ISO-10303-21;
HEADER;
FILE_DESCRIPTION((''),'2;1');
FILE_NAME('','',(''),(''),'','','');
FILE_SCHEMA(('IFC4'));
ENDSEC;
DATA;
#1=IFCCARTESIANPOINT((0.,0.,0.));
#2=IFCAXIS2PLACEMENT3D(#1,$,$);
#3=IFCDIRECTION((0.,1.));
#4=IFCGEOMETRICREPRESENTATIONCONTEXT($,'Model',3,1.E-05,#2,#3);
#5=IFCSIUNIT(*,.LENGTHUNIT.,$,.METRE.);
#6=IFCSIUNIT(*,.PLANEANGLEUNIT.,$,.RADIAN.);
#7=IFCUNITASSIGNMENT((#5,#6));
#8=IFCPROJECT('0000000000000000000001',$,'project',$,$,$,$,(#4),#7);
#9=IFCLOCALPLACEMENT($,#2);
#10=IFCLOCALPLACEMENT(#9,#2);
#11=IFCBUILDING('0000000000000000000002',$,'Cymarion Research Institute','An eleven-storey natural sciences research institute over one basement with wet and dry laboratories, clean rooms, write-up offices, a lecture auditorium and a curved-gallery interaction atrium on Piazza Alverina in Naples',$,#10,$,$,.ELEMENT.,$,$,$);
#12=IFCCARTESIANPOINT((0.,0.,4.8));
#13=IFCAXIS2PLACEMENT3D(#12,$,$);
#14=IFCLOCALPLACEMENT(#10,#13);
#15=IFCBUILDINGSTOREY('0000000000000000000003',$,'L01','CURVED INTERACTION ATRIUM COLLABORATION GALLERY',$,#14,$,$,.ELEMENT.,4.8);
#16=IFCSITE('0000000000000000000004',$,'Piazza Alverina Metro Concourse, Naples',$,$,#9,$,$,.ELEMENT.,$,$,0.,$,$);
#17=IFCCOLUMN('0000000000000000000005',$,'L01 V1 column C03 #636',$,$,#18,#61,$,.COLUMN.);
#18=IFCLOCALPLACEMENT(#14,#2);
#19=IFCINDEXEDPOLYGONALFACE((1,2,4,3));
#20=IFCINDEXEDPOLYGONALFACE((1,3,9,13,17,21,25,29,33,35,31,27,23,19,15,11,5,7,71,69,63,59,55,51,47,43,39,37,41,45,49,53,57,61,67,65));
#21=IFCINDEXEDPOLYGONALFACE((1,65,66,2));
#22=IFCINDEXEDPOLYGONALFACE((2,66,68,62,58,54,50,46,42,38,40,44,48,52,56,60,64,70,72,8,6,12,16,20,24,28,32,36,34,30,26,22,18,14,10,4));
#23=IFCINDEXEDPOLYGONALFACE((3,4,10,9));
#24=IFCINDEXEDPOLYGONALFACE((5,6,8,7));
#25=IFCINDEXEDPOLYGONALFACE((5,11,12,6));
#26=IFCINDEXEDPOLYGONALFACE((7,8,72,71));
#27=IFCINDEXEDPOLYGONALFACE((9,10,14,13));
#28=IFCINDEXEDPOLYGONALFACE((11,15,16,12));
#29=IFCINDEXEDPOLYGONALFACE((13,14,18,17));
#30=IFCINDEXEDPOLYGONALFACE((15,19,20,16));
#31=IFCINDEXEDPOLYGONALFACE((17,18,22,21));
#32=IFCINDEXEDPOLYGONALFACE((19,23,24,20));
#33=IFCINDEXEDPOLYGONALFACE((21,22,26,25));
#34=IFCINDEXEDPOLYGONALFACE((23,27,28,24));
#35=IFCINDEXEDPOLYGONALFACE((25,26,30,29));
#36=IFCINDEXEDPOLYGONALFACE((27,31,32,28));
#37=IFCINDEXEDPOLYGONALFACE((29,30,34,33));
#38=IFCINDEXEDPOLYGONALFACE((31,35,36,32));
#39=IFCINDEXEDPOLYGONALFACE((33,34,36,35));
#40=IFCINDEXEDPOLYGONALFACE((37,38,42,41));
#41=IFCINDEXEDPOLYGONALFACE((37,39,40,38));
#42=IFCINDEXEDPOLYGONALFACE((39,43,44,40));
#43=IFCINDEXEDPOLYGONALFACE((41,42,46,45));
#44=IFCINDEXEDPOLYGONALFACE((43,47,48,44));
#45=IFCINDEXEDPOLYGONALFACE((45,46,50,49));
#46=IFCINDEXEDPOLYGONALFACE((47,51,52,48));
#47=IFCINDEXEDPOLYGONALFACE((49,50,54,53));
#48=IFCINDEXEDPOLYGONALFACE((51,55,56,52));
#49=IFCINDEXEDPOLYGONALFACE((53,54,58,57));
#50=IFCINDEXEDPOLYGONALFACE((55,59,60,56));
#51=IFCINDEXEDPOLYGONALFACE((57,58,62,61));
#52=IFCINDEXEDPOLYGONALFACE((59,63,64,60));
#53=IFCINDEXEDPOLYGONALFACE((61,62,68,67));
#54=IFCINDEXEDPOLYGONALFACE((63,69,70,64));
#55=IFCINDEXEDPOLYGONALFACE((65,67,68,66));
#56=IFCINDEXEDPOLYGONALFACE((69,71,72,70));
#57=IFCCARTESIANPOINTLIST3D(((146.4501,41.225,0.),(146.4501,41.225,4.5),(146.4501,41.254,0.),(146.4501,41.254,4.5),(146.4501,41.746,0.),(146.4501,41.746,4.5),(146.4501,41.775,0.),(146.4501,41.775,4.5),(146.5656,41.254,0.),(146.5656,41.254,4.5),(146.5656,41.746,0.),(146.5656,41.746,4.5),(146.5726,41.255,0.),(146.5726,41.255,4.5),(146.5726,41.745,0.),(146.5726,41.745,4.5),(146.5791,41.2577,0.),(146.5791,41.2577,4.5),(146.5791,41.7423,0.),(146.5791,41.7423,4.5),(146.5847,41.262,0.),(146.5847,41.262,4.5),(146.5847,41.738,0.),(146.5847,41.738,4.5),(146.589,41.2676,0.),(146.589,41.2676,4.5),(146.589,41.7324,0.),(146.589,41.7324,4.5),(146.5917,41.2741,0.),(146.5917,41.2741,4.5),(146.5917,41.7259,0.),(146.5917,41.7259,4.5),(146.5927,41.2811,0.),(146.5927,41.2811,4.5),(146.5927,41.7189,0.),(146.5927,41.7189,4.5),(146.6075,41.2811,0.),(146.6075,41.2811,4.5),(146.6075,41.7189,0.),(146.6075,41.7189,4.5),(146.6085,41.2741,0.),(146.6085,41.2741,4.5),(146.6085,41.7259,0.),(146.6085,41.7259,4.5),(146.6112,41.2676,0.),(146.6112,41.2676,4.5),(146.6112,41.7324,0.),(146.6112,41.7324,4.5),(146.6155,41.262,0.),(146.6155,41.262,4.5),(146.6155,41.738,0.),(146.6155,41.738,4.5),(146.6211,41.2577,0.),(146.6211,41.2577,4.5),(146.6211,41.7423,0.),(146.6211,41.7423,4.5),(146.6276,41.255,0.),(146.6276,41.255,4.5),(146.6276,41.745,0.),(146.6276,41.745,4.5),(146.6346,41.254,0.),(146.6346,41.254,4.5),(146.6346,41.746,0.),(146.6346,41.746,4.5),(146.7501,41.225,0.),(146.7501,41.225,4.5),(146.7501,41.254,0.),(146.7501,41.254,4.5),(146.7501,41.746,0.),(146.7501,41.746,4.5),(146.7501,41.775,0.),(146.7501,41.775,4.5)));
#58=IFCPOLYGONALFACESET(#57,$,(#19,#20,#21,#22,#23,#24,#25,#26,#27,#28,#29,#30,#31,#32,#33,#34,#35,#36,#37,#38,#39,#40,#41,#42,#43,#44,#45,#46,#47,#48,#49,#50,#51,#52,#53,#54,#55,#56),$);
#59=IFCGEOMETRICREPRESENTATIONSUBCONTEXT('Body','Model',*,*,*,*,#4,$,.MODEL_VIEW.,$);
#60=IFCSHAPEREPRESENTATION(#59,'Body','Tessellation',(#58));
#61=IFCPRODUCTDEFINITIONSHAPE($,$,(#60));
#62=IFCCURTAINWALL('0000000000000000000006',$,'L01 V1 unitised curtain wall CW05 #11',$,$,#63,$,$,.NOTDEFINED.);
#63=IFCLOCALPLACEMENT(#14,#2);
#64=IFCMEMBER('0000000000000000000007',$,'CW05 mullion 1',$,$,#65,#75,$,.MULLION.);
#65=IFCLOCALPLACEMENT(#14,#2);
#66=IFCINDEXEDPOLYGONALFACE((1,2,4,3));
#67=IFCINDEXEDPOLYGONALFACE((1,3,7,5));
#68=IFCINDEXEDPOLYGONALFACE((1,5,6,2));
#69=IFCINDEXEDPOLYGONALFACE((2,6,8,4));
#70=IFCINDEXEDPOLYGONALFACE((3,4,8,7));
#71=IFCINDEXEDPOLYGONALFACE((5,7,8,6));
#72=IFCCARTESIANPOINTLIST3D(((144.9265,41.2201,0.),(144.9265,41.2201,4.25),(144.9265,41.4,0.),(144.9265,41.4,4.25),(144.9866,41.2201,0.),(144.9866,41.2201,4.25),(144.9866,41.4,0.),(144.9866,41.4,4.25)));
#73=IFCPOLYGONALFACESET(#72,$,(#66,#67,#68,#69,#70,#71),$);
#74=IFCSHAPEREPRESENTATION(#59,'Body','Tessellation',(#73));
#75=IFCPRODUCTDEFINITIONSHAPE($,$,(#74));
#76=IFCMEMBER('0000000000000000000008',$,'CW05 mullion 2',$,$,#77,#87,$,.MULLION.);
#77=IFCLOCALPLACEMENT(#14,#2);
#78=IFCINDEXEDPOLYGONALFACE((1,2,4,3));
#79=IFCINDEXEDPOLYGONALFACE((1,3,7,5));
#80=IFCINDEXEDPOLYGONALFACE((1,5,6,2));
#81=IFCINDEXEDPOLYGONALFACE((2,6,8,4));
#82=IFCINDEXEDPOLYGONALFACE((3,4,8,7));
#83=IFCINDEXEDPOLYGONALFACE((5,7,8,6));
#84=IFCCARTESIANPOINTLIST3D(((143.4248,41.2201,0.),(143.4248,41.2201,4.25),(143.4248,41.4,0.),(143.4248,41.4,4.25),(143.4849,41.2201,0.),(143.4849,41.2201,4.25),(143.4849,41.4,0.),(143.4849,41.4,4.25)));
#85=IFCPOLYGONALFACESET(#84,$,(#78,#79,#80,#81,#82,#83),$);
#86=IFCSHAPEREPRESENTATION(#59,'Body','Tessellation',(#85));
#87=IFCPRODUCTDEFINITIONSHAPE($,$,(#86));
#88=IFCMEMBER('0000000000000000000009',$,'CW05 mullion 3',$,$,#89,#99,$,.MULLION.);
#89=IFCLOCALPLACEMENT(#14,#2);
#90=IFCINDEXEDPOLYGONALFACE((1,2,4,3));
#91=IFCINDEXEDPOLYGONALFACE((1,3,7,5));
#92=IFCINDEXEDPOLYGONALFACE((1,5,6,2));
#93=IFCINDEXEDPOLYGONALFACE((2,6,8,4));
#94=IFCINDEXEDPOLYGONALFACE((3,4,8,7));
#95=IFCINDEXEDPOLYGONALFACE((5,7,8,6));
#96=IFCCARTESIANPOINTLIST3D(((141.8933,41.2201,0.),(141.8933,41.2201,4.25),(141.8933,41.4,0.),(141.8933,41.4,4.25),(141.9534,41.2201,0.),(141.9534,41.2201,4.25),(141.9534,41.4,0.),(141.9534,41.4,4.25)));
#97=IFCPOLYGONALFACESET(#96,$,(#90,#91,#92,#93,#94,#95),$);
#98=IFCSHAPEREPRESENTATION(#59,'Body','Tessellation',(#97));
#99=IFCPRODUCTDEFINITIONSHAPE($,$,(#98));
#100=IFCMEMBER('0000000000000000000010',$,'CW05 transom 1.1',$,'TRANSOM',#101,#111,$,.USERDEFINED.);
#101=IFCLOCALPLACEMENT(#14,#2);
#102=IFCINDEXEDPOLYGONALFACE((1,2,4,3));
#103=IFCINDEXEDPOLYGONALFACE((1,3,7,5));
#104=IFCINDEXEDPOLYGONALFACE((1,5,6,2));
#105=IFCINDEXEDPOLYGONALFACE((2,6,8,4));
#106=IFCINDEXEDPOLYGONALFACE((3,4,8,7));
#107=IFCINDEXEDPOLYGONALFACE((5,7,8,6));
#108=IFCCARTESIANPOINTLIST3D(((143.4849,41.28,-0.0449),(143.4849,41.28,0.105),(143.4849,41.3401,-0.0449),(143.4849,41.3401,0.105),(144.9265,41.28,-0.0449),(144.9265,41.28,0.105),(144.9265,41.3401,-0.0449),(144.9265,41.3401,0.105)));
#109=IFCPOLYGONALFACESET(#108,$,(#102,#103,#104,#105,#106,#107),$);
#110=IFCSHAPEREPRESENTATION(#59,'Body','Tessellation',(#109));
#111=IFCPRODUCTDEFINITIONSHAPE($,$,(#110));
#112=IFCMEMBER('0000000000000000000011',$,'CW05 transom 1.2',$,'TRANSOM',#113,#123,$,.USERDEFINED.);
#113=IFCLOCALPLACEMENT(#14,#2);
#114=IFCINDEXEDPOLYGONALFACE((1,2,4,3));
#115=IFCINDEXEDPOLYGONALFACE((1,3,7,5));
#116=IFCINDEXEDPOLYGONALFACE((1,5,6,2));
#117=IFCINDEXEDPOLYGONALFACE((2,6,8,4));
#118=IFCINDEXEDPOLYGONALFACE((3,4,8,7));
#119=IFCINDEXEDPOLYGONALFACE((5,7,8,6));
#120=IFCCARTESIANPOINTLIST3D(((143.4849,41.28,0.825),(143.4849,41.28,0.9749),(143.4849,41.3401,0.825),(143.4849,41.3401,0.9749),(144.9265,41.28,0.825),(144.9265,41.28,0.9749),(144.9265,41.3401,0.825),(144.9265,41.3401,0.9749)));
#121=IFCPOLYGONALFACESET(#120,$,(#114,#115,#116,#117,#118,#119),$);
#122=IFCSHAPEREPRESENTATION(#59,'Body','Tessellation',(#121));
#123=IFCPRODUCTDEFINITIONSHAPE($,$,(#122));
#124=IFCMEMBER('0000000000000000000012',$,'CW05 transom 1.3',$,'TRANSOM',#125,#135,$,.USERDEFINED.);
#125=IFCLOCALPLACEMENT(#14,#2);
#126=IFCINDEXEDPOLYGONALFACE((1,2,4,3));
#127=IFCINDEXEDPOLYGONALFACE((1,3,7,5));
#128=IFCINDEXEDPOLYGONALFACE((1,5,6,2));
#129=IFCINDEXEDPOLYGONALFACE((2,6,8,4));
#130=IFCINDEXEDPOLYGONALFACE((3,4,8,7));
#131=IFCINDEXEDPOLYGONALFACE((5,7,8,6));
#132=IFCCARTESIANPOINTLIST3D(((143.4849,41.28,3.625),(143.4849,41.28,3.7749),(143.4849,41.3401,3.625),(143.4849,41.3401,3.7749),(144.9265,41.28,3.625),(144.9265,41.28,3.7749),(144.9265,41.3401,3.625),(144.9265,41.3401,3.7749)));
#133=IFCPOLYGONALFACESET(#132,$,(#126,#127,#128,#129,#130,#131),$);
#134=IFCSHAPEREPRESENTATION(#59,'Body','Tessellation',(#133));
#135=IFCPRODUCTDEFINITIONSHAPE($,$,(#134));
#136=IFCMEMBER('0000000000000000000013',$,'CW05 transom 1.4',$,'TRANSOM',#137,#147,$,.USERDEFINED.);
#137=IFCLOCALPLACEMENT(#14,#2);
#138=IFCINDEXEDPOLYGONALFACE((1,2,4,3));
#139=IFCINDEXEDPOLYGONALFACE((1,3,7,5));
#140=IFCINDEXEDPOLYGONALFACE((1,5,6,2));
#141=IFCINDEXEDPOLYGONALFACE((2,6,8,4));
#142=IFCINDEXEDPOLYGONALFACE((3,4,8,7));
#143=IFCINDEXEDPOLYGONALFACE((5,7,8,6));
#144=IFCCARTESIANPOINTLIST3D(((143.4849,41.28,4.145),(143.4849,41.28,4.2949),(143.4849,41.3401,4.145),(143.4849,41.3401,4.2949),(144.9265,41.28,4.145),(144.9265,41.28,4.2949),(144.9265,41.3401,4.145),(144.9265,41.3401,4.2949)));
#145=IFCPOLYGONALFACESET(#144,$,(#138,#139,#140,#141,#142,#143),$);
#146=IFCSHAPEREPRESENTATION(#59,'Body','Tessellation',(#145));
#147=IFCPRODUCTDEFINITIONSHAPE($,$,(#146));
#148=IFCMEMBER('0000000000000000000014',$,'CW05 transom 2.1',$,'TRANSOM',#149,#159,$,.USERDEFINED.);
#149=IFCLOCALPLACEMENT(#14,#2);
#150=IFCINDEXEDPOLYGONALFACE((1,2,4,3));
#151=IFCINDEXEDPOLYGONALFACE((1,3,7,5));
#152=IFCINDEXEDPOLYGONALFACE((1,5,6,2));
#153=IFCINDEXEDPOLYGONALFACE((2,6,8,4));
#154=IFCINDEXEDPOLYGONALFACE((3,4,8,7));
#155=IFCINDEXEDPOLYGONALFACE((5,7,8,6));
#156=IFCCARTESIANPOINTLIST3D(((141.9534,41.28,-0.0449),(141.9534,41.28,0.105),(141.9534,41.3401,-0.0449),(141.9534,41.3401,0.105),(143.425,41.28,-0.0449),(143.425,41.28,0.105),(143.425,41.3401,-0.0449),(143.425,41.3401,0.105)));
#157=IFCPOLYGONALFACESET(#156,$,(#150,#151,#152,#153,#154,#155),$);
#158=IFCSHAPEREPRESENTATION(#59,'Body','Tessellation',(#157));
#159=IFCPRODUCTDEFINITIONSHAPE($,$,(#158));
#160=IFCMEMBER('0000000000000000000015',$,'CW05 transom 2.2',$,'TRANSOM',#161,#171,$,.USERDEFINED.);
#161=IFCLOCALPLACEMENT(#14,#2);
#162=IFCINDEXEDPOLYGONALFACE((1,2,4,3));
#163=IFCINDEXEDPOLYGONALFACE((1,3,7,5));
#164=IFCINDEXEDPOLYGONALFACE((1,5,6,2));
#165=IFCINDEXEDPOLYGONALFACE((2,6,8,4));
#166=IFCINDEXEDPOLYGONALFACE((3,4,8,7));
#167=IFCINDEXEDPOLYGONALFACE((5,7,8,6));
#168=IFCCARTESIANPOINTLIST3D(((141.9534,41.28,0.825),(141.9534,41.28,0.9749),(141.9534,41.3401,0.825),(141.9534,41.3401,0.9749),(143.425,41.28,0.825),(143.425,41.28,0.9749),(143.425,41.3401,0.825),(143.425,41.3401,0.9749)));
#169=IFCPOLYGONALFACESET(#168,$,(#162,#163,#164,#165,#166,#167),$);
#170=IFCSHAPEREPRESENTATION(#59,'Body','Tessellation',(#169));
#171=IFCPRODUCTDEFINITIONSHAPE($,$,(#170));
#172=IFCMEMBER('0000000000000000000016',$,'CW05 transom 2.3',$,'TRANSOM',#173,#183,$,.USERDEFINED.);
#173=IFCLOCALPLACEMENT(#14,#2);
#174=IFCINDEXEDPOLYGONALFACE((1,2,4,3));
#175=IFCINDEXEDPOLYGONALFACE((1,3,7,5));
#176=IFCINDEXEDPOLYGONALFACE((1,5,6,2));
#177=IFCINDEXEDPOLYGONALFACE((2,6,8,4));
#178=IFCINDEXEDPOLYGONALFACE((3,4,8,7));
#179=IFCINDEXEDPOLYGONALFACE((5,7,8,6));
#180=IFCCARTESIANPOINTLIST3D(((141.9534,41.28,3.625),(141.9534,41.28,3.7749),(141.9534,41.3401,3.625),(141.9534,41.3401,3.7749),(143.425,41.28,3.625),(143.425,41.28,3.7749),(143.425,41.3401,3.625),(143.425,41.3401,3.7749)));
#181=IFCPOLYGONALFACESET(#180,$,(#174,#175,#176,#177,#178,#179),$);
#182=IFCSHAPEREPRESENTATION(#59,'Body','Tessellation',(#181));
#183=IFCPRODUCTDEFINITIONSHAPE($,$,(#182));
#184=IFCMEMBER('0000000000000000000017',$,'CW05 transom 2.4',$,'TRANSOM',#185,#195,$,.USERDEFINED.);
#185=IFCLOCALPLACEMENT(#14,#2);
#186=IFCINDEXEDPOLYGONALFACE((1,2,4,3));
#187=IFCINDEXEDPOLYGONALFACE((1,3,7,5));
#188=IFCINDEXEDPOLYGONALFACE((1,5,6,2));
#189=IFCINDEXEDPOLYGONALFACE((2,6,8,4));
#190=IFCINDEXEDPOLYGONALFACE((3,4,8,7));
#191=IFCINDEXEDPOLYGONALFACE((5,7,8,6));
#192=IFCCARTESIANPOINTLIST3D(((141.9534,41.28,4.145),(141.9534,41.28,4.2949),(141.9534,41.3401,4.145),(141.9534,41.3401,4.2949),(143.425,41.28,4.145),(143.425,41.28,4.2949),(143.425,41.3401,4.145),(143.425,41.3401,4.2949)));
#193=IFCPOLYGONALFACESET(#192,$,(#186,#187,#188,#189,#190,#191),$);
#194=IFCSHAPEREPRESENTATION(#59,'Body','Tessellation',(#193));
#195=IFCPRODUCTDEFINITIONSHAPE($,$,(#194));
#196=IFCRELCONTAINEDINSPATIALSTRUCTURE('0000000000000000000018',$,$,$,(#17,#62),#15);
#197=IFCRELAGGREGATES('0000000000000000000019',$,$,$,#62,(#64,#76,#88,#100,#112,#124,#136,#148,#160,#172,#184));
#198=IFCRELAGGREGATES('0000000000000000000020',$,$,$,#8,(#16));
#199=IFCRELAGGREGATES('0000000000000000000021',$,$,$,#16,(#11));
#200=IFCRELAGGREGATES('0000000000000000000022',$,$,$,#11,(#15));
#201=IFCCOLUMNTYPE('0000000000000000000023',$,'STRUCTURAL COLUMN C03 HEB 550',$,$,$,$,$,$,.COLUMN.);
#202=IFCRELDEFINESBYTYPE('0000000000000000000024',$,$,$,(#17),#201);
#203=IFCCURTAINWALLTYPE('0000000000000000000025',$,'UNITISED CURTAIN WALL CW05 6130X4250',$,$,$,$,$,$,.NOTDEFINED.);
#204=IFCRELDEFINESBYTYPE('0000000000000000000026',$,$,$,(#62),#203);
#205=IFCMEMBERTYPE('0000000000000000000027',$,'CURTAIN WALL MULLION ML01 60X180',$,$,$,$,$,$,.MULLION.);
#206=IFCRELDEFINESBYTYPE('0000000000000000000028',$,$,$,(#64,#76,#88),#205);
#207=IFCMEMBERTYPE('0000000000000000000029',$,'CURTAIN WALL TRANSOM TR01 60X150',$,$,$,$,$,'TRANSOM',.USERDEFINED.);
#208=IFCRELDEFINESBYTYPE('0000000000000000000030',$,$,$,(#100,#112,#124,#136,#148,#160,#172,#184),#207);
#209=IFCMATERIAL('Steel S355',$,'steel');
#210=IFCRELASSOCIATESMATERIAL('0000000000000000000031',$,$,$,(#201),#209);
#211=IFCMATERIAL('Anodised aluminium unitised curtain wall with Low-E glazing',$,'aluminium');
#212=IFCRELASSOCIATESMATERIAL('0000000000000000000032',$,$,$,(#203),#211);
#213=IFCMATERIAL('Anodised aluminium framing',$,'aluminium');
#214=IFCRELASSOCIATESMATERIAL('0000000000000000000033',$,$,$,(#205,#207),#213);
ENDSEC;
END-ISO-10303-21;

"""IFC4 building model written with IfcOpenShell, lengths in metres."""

from ifc_helpers import new_model, si_unit, direction, frame, origin, origin_2d, place, context, subcontext, project, spatial, rectangle, i_section, extrude, material, material_profile, profile_set, type_object, element, aggregate, save


model = new_model("IFC4")

# Units and contexts
model_context = context("Model", 3, precision=1e-05, world=origin(), true_north=direction((0.0, 1.0)))
body_context = subcontext(model_context, "Body", "Model", "MODEL_VIEW")
ifc_project = project(units=[si_unit("LENGTHUNIT", "METRE"), si_unit("PLANEANGLEUNIT", "RADIAN")], contexts=[model_context])

# Site, building, storey
site_placement = place(None, origin())
site = spatial("IfcSite", under=ifc_project, at=site_placement, Name="Piazza Alverina Metro Concourse, Naples", CompositionType="ELEMENT", RefElevation=0.0)
building_placement = place(site_placement, origin())
building = spatial("IfcBuilding", under=site, at=building_placement, Name="Cymarion Research Institute", Description="An eleven-storey natural sciences research institute over one basement with wet and dry laboratories, clean rooms, write-up offices, a lecture auditorium and a curved-gallery interaction atrium on Piazza Alverina in Naples", CompositionType="ELEMENT")
storey_placement = place(building_placement, frame((0.0, 0.0, 4.8)))
storey = spatial("IfcBuildingStorey", under=building, at=storey_placement, Name="L01", Description="CURVED INTERACTION ATRIUM COLLABORATION GALLERY", CompositionType="ELEMENT", Elevation=4.8)

# Column
ifc_material_1 = material(Name="Steel S355", Category="steel")
ifc_material_profile_1 = material_profile(ifc_material_1, i_section(OverallWidth=0.3, OverallDepth=0.55, WebThickness=0.0149, FlangeThickness=0.0291, FilletRadius=0.0271, at=origin_2d()), Name="HEB 550")
ifc_profile_set_1 = profile_set([ifc_material_profile_1], Name="Steel S355")
column_type = type_object("IfcColumnType", Name="STRUCTURAL COLUMN C03 HEB 550", PredefinedType="COLUMN", material=ifc_profile_set_1)
column_placement = place(storey_placement, frame((146.6001, 41.5, 0.0), z_axis=(0.0, 0.0, 1.0), x_axis=(1.0, 0.0, 0.0)))
element("IfcColumn", 1, at=column_placement, inside=storey, type_object=column_type, Name="L01 V1 column C03 #636", PredefinedType="COLUMN", context=body_context, shape_type="SweptSolid", body=[
    extrude(i_section(OverallWidth=0.3, OverallDepth=0.55, WebThickness=0.0149, FlangeThickness=0.0291, FilletRadius=0.0271, at=origin_2d()), origin(), (0.0, 0.0, 1.0), 4.5),
])

# Curtain wall, members
ifc_material_2 = material(Name="Anodised aluminium unitised curtain wall with Low-E glazing", Category="aluminium")
curtain_wall_type = type_object("IfcCurtainWallType", Name="UNITISED CURTAIN WALL CW05 6130X4250", PredefinedType="NOTDEFINED", material=ifc_material_2)
curtain_wall_placement = place(storey_placement, origin())
curtain_wall = element("IfcCurtainWall", 2, at=curtain_wall_placement, inside=storey, type_object=curtain_wall_type, Name="L01 V1 unitised curtain wall CW05 #11", PredefinedType="NOTDEFINED")
ifc_material_3 = material(Name="Anodised aluminium framing", Category="aluminium")
ifc_material_profile_2 = material_profile(ifc_material_3, rectangle(XDim=0.0601, YDim=0.1799, at=origin_2d()), Name="ALU MULLION 60x180")
ifc_profile_set_2 = profile_set([ifc_material_profile_2], Name="Anodised aluminium framing")
member_type_1 = type_object("IfcMemberType", Name="CURTAIN WALL MULLION ML01 60X180", PredefinedType="MULLION", material=ifc_profile_set_2)
member_1_placement = place(storey_placement, frame((144.9565, 41.3101, 0.0), z_axis=(0.0, 0.0, 1.0), x_axis=(-1.0, 0.0, 0.0)))
member_1 = element("IfcMember", 3, at=member_1_placement, type_object=member_type_1, Name="CW05 mullion 1", PredefinedType="MULLION", context=body_context, shape_type="SweptSolid", body=[
    extrude(rectangle(XDim=0.0601, YDim=0.1799, at=origin_2d()), origin(), (0.0, 0.0, 1.0), 4.25),
])
member_2_placement = place(storey_placement, frame((143.4548, 41.3101, 0.0), z_axis=(0.0, 0.0, 1.0), x_axis=(-1.0, 0.0, 0.0)))
member_2 = element("IfcMember", 4, at=member_2_placement, type_object=member_type_1, Name="CW05 mullion 2", PredefinedType="MULLION", context=body_context, shape_type="SweptSolid", body=[
    extrude(rectangle(XDim=0.0601, YDim=0.1799, at=origin_2d()), origin(), (0.0, 0.0, 1.0), 4.25),
])
member_3_placement = place(storey_placement, frame((141.9233, 41.3101, 0.0), z_axis=(0.0, 0.0, 1.0), x_axis=(-1.0, 0.0, 0.0)))
member_3 = element("IfcMember", 5, at=member_3_placement, type_object=member_type_1, Name="CW05 mullion 3", PredefinedType="MULLION", context=body_context, shape_type="SweptSolid", body=[
    extrude(rectangle(XDim=0.0601, YDim=0.1799, at=origin_2d()), origin(), (0.0, 0.0, 1.0), 4.25),
])
ifc_material_profile_3 = material_profile(ifc_material_3, rectangle(XDim=0.0601, YDim=0.1499, at=origin_2d()), Name="ALU TRANSOM 60x150")
ifc_profile_set_3 = profile_set([ifc_material_profile_3], Name="Anodised aluminium framing")
member_type_2 = type_object("IfcMemberType", Name="CURTAIN WALL TRANSOM TR01 60X150", ElementType="TRANSOM", PredefinedType="USERDEFINED", material=ifc_profile_set_3)
member_4_placement = place(storey_placement, frame((144.9265, 41.3101, 0.03), z_axis=(-1.0, 0.0, 0.0), x_axis=(0.0, -1.0, 0.0)))
member_4 = element("IfcMember", 6, at=member_4_placement, type_object=member_type_2, Name="CW05 transom 1.1", ObjectType="TRANSOM", PredefinedType="USERDEFINED", context=body_context, shape_type="SweptSolid", body=[
    extrude(rectangle(XDim=0.0601, YDim=0.1499, at=origin_2d()), origin(), (0.0, 0.0, 1.0), 1.4417),
])
member_5_placement = place(storey_placement, frame((144.9265, 41.3101, 0.8999), z_axis=(-1.0, 0.0, 0.0), x_axis=(0.0, -1.0, 0.0)))
member_5 = element("IfcMember", 7, at=member_5_placement, type_object=member_type_2, Name="CW05 transom 1.2", ObjectType="TRANSOM", PredefinedType="USERDEFINED", context=body_context, shape_type="SweptSolid", body=[
    extrude(rectangle(XDim=0.0601, YDim=0.1499, at=origin_2d()), origin(), (0.0, 0.0, 1.0), 1.4417),
])
member_6_placement = place(storey_placement, frame((144.9265, 41.3101, 3.7), z_axis=(-1.0, 0.0, 0.0), x_axis=(0.0, -1.0, 0.0)))
member_6 = element("IfcMember", 8, at=member_6_placement, type_object=member_type_2, Name="CW05 transom 1.3", ObjectType="TRANSOM", PredefinedType="USERDEFINED", context=body_context, shape_type="SweptSolid", body=[
    extrude(rectangle(XDim=0.0601, YDim=0.1499, at=origin_2d()), origin(), (0.0, 0.0, 1.0), 1.4417),
])
member_7_placement = place(storey_placement, frame((144.9265, 41.3101, 4.22), z_axis=(-1.0, 0.0, 0.0), x_axis=(0.0, -1.0, 0.0)))
member_7 = element("IfcMember", 9, at=member_7_placement, type_object=member_type_2, Name="CW05 transom 1.4", ObjectType="TRANSOM", PredefinedType="USERDEFINED", context=body_context, shape_type="SweptSolid", body=[
    extrude(rectangle(XDim=0.0601, YDim=0.1499, at=origin_2d()), origin(), (0.0, 0.0, 1.0), 1.4417),
])
member_8_placement = place(storey_placement, frame((143.425, 41.3101, 0.03), z_axis=(-1.0, 0.0, 0.0), x_axis=(0.0, -1.0, 0.0)))
member_8 = element("IfcMember", 10, at=member_8_placement, type_object=member_type_2, Name="CW05 transom 2.1", ObjectType="TRANSOM", PredefinedType="USERDEFINED", context=body_context, shape_type="SweptSolid", body=[
    extrude(rectangle(XDim=0.0601, YDim=0.1499, at=origin_2d()), origin(), (0.0, 0.0, 1.0), 1.4717),
])
member_9_placement = place(storey_placement, frame((143.425, 41.3101, 0.8999), z_axis=(-1.0, 0.0, 0.0), x_axis=(0.0, -1.0, 0.0)))
member_9 = element("IfcMember", 11, at=member_9_placement, type_object=member_type_2, Name="CW05 transom 2.2", ObjectType="TRANSOM", PredefinedType="USERDEFINED", context=body_context, shape_type="SweptSolid", body=[
    extrude(rectangle(XDim=0.0601, YDim=0.1499, at=origin_2d()), origin(), (0.0, 0.0, 1.0), 1.4717),
])
member_10_placement = place(storey_placement, frame((143.425, 41.3101, 3.7), z_axis=(-1.0, 0.0, 0.0), x_axis=(0.0, -1.0, 0.0)))
member_10 = element("IfcMember", 12, at=member_10_placement, type_object=member_type_2, Name="CW05 transom 2.3", ObjectType="TRANSOM", PredefinedType="USERDEFINED", context=body_context, shape_type="SweptSolid", body=[
    extrude(rectangle(XDim=0.0601, YDim=0.1499, at=origin_2d()), origin(), (0.0, 0.0, 1.0), 1.4717),
])
member_11_placement = place(storey_placement, frame((143.425, 41.3101, 4.22), z_axis=(-1.0, 0.0, 0.0), x_axis=(0.0, -1.0, 0.0)))
member_11 = element("IfcMember", 13, at=member_11_placement, type_object=member_type_2, Name="CW05 transom 2.4", ObjectType="TRANSOM", PredefinedType="USERDEFINED", context=body_context, shape_type="SweptSolid", body=[
    extrude(rectangle(XDim=0.0601, YDim=0.1499, at=origin_2d()), origin(), (0.0, 0.0, 1.0), 1.4717),
])

aggregate(curtain_wall, [member_1, member_2, member_3, member_4, member_5, member_6, member_7, member_8, member_9, member_10, member_11])

save(model, "model.ifc")
